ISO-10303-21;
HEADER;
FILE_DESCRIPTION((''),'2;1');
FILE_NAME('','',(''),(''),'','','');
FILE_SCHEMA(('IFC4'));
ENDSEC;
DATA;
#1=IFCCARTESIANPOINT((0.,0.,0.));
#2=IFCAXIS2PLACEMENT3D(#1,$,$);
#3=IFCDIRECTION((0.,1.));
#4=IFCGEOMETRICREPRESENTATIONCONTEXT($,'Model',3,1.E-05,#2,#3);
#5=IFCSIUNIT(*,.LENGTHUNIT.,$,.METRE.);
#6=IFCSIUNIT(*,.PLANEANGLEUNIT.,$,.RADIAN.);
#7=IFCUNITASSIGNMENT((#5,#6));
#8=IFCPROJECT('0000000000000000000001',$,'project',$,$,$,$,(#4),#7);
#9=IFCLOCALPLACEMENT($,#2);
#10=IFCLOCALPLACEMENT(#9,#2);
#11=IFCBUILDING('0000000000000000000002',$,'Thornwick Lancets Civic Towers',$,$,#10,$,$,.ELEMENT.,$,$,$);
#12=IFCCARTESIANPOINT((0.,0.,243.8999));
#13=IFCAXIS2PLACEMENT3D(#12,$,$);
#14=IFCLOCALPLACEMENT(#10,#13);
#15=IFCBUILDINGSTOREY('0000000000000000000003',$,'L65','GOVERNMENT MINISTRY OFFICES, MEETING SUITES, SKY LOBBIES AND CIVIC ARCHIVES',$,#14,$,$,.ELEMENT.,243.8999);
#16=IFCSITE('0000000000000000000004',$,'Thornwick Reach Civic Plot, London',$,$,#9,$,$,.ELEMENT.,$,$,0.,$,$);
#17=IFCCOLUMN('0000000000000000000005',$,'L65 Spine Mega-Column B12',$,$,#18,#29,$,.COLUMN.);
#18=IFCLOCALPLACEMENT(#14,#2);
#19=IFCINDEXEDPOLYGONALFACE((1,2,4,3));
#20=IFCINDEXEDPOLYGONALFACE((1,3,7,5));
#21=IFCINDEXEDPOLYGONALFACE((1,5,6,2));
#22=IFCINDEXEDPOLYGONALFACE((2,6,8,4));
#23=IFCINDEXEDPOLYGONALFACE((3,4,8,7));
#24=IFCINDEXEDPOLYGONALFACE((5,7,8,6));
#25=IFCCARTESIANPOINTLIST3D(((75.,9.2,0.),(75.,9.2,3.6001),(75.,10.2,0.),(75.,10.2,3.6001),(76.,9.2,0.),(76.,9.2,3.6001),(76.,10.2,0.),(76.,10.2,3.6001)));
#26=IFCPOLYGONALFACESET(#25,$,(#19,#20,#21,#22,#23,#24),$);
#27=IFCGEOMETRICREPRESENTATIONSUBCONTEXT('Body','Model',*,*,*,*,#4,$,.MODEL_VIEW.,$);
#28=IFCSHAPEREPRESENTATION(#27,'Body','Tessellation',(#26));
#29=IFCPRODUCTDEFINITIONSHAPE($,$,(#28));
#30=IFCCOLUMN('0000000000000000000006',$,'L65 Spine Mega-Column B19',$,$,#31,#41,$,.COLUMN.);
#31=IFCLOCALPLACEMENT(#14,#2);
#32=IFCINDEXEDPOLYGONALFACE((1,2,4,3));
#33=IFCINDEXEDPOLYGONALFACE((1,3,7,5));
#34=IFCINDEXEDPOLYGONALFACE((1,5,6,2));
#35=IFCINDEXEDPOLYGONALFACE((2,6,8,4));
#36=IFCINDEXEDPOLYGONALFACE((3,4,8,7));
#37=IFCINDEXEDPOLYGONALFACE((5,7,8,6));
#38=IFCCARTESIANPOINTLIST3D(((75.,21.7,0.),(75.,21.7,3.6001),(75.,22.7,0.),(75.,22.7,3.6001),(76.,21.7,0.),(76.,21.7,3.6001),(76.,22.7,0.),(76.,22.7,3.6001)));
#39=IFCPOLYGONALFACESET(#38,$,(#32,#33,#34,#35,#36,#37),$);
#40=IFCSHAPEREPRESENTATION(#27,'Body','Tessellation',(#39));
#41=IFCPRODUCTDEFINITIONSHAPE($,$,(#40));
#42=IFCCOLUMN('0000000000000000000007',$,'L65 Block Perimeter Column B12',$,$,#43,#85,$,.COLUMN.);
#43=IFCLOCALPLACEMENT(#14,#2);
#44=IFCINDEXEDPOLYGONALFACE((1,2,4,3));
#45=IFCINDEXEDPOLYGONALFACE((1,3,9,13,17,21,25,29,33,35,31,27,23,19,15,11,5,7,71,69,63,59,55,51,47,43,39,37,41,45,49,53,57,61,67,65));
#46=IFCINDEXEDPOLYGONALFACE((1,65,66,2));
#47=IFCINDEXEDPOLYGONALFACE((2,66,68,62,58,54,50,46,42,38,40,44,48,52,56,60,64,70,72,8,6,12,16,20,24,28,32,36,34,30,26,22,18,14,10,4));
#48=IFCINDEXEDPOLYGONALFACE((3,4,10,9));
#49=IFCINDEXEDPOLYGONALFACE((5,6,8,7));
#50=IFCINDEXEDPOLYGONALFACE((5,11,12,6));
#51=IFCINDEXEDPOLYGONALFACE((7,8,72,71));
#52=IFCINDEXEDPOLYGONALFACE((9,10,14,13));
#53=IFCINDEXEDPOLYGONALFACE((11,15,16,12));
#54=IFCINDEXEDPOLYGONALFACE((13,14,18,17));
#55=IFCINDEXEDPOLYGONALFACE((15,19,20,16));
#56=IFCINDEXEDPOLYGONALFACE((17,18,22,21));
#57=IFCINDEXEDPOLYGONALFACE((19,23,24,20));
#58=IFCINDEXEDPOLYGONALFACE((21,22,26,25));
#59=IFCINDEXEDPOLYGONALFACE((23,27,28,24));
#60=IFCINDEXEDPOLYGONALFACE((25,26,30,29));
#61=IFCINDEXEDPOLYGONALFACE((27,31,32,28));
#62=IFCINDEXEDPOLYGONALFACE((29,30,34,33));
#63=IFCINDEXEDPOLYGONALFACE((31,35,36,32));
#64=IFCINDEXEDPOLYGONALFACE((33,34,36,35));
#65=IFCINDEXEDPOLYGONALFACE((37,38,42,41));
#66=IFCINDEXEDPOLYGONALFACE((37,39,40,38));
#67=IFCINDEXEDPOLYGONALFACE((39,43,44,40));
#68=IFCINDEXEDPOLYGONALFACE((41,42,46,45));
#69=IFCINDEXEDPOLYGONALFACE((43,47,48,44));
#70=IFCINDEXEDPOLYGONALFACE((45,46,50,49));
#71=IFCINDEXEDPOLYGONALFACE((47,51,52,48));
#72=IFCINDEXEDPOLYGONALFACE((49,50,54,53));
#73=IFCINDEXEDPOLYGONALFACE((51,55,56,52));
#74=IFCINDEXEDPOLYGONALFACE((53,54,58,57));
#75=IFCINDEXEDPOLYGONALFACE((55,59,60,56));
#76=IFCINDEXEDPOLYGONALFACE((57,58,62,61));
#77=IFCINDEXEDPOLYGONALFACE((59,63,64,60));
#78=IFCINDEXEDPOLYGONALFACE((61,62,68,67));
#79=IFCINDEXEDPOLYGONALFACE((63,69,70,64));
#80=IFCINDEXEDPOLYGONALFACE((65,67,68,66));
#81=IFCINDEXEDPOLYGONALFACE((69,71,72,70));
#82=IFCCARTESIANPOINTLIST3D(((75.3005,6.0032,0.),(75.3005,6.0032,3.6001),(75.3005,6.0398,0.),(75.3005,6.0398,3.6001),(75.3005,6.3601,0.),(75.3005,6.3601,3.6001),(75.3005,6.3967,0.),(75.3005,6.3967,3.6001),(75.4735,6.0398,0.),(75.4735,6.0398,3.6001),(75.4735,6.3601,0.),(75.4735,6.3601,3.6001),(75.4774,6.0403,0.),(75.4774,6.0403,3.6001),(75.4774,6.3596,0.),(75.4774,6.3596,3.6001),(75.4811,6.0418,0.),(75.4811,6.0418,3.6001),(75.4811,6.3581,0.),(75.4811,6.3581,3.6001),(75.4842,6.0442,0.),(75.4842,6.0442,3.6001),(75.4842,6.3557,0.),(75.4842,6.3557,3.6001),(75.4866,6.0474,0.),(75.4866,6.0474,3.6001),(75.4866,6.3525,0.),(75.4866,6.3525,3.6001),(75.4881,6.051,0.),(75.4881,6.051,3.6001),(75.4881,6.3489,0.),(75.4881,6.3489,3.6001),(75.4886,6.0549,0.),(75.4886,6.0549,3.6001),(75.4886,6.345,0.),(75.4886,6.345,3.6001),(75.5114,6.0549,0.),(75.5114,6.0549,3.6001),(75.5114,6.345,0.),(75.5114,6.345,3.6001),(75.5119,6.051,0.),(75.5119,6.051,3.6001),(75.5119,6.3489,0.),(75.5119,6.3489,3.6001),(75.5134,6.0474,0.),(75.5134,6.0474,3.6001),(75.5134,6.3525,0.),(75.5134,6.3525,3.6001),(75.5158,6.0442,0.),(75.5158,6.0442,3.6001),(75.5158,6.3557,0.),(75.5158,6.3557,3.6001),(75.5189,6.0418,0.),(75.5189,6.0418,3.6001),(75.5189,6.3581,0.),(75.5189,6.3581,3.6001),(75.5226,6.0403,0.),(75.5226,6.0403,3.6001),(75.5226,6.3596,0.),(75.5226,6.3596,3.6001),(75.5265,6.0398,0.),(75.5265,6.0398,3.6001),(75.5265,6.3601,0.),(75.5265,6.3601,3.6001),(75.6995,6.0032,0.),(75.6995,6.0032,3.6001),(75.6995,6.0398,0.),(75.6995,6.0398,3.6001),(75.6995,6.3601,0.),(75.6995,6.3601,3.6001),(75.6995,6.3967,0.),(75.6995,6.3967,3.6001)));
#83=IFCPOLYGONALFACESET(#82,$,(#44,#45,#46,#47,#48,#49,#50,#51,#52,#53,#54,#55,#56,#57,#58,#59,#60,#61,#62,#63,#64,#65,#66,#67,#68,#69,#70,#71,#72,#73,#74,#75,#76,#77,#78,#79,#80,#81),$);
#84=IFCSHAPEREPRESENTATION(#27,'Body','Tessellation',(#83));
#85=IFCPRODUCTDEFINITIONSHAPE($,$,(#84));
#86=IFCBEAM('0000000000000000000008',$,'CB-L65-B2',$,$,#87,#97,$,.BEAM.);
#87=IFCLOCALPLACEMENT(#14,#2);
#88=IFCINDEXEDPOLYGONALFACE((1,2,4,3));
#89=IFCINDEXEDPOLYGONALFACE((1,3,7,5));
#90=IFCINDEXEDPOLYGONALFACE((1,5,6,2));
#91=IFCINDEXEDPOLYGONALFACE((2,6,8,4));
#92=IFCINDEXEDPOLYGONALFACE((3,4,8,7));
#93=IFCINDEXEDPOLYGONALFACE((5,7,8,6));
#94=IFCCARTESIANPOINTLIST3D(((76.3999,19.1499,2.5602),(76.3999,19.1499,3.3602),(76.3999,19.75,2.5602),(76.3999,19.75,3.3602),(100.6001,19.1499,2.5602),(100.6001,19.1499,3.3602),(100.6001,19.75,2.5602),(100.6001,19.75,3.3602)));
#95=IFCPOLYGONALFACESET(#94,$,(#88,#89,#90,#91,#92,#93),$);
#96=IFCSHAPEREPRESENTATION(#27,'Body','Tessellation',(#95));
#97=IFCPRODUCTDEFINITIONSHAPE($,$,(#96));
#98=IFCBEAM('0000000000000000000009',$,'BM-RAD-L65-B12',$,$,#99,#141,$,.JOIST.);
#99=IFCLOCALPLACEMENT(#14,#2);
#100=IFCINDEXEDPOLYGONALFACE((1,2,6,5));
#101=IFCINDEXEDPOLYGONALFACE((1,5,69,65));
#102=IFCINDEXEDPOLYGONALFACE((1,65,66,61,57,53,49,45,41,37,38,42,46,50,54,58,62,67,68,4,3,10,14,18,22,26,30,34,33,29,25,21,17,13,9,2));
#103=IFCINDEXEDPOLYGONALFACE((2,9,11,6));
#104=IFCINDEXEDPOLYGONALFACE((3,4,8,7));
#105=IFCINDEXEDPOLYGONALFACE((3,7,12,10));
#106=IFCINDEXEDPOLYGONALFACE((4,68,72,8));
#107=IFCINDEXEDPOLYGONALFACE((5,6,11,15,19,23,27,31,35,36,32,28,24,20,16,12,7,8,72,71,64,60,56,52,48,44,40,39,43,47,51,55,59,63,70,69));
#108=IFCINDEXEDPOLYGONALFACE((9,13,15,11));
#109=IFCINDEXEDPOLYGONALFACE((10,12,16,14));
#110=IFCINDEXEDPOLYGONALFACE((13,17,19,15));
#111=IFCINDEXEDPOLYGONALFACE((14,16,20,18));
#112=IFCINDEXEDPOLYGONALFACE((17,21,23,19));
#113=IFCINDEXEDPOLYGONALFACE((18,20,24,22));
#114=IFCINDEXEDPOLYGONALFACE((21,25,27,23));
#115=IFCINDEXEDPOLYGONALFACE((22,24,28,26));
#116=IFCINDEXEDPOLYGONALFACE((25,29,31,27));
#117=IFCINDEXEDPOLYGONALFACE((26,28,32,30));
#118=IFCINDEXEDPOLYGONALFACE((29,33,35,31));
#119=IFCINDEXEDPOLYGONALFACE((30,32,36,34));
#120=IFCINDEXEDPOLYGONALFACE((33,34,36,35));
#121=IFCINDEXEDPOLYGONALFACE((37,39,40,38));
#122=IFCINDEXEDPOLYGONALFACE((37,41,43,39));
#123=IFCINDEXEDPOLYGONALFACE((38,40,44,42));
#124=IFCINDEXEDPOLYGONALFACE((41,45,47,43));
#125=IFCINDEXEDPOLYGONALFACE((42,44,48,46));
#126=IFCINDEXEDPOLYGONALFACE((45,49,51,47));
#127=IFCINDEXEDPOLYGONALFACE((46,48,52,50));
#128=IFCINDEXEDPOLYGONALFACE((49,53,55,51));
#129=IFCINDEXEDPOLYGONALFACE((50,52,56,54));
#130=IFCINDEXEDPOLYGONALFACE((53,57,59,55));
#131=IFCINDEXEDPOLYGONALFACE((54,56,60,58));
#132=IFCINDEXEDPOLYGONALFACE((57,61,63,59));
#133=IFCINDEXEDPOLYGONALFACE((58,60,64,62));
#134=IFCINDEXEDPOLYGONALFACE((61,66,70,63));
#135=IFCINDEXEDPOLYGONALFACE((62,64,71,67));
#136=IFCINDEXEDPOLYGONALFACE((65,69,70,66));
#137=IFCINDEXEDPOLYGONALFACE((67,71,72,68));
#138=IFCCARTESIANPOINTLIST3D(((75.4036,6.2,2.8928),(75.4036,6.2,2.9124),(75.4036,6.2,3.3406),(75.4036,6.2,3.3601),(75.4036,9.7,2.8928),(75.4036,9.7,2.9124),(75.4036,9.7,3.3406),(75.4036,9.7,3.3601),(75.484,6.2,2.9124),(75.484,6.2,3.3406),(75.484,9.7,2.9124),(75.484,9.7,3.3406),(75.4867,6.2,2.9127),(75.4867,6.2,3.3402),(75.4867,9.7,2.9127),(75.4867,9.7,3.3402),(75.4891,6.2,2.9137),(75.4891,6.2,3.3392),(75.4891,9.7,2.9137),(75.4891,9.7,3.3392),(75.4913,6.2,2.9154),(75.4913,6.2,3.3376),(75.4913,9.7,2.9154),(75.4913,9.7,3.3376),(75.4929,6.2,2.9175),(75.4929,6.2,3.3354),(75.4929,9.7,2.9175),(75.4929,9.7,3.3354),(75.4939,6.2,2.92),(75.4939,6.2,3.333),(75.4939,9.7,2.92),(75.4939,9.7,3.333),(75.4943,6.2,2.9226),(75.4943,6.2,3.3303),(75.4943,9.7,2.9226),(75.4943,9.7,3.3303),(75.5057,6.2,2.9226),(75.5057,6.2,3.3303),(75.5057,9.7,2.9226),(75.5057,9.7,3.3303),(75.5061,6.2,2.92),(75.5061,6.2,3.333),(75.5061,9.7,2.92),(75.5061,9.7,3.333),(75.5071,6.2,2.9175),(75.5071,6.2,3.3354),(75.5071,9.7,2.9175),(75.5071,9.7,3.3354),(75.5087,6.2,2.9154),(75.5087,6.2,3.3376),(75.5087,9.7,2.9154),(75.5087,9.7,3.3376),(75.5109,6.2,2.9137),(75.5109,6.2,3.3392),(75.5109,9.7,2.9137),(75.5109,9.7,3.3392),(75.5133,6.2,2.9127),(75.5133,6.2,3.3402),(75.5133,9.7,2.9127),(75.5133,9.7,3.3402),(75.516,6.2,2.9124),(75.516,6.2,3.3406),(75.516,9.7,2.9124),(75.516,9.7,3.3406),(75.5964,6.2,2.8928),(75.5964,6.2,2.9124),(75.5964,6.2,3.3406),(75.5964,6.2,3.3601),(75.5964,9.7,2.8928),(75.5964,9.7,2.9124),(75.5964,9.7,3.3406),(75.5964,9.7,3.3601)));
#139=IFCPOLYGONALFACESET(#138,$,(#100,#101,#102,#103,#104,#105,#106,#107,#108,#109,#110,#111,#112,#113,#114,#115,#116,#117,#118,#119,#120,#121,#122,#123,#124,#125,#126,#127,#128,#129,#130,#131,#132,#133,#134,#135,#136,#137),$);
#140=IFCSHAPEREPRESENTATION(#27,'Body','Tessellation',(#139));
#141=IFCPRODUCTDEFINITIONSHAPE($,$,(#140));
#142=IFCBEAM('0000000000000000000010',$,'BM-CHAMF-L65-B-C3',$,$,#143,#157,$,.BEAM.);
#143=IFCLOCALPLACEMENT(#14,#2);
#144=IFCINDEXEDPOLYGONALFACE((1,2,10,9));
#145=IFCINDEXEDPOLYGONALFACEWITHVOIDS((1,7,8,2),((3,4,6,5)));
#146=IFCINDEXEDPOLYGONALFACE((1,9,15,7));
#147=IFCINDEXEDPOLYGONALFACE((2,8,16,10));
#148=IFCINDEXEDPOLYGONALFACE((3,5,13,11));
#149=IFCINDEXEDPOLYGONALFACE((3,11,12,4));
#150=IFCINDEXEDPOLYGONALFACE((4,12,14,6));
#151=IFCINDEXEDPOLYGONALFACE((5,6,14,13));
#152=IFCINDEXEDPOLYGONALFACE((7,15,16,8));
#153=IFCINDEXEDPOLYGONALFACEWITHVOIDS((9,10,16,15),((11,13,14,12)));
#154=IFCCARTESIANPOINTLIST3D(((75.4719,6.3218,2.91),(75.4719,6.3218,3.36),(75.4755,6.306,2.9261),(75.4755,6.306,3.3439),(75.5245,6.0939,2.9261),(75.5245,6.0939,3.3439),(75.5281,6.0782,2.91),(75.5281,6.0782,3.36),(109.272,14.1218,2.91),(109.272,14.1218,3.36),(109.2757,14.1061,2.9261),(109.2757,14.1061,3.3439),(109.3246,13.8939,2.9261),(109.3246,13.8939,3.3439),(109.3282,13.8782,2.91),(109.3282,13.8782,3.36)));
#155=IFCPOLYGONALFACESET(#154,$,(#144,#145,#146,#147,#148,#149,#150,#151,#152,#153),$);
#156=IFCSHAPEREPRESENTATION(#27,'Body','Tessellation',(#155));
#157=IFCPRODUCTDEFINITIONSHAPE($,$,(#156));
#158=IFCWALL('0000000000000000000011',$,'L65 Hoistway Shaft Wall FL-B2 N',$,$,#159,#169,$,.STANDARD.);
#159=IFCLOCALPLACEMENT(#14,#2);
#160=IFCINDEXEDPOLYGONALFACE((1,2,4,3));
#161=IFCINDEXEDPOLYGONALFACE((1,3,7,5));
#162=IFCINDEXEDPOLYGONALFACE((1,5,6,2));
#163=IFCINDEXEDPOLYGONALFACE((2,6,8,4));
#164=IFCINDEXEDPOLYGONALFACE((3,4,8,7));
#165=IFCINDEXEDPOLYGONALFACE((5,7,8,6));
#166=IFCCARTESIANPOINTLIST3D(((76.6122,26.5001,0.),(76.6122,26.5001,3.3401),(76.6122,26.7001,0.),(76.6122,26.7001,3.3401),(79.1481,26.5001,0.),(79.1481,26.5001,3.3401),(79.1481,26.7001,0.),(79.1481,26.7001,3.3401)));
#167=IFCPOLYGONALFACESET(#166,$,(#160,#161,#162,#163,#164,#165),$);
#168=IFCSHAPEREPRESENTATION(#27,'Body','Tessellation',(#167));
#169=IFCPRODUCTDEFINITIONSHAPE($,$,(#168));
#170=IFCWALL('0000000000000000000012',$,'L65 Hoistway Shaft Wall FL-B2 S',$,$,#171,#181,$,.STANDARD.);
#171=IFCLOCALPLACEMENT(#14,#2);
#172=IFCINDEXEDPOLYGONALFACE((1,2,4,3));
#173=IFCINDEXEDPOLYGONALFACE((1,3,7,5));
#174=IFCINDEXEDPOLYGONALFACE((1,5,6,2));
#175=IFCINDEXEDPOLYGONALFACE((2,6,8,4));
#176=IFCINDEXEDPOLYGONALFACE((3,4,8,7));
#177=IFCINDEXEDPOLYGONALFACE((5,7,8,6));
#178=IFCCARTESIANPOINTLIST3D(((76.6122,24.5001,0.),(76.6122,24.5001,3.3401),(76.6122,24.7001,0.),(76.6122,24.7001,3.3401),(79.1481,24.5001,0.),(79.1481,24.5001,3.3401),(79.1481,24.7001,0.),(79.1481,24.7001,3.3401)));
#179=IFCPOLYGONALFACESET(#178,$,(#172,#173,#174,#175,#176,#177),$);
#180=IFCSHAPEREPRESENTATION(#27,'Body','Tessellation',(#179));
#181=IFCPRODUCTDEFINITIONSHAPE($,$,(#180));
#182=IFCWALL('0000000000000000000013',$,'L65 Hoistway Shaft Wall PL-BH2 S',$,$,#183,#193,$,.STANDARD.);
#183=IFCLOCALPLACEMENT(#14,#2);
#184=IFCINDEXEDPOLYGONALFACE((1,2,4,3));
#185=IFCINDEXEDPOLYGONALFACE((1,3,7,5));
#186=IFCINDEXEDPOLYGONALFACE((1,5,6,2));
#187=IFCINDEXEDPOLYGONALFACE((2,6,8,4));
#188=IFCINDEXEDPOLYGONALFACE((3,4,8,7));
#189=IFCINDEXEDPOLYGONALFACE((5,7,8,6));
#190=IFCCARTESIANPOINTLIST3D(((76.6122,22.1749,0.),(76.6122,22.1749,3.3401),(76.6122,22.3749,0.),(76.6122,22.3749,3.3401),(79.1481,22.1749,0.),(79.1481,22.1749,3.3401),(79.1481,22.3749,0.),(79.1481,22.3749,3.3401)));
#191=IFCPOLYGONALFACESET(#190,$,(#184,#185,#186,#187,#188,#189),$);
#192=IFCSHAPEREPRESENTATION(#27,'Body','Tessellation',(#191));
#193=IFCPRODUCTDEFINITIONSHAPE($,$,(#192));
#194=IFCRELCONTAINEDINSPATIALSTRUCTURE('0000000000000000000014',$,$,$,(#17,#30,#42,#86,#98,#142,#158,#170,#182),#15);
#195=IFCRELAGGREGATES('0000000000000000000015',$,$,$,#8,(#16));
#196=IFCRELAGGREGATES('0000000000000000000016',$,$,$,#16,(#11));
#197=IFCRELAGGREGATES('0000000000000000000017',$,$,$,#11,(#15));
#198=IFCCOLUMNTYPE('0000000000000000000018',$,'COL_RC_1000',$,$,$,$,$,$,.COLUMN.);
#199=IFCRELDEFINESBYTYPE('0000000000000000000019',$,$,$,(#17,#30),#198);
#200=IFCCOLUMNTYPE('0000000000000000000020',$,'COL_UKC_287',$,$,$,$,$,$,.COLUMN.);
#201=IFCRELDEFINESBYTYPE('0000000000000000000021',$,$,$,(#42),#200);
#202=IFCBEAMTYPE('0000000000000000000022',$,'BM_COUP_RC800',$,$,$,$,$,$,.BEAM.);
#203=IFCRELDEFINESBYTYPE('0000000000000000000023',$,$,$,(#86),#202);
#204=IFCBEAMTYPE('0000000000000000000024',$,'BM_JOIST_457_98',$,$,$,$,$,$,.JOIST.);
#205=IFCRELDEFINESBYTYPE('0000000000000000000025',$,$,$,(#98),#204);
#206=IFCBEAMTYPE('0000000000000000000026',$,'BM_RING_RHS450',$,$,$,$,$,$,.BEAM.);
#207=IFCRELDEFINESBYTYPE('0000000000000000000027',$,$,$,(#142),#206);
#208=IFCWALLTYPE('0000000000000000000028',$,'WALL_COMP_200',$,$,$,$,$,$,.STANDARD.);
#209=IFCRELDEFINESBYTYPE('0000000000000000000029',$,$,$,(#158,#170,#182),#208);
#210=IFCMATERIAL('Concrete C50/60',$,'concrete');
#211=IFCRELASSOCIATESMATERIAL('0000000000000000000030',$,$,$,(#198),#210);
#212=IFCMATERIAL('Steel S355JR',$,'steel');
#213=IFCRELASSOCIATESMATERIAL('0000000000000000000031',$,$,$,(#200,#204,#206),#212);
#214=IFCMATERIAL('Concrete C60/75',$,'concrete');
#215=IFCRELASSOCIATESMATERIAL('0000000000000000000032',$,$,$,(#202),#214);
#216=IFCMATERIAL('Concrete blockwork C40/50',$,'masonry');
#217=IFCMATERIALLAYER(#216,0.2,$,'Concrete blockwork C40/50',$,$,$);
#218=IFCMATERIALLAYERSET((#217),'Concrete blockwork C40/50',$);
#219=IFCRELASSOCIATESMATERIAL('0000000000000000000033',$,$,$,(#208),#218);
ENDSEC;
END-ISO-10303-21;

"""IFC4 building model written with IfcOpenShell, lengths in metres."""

from ifc_helpers import new_model, si_unit, direction, frame, frame_2d, origin, origin_2d, place, context, subcontext, project, spatial, rectangle, hollow_rectangle, i_section, extrude, material, layer, layer_set, material_profile, profile_set, type_object, element, save


model = new_model("IFC4")

# Units and contexts
model_context = context("Model", 3, precision=1e-05, world=origin(), true_north=direction((0.0, 1.0)))
body_context = subcontext(model_context, "Body", "Model", "MODEL_VIEW")
ifc_project = project(units=[si_unit("LENGTHUNIT", "METRE"), si_unit("PLANEANGLEUNIT", "RADIAN")], contexts=[model_context])

# Site, building, storey
site_placement = place(None, origin())
site = spatial("IfcSite", under=ifc_project, at=site_placement, Name="Thornwick Reach Civic Plot, London", CompositionType="ELEMENT", RefElevation=0.0)
building_placement = place(site_placement, origin())
building = spatial("IfcBuilding", under=site, at=building_placement, Name="Thornwick Lancets Civic Towers", CompositionType="ELEMENT")
storey_placement = place(building_placement, frame((0.0, 0.0, 243.8999)))
storey = spatial("IfcBuildingStorey", under=building, at=storey_placement, Name="L65", Description="GOVERNMENT MINISTRY OFFICES, MEETING SUITES, SKY LOBBIES AND CIVIC ARCHIVES", CompositionType="ELEMENT", Elevation=243.8999)

# Columns
ifc_material_1 = material(Name="Concrete C50/60", Category="concrete")
ifc_material_profile_1 = material_profile(ifc_material_1, rectangle(XDim=1.0, YDim=1.0, at=origin_2d()), Name="RC 1000x1000")
ifc_profile_set_1 = profile_set([ifc_material_profile_1], Name="Concrete C50/60")
column_type_1 = type_object("IfcColumnType", Name="COL_RC_1000", PredefinedType="COLUMN", material=ifc_profile_set_1)
for number, where, z_axis, x_axis, name in (
    (1, (75.5, 9.7, 0.0), (0.0, 0.0, 1.0), (1.0, 0.0, 0.0), "L65 Spine Mega-Column B12"),
    (2, (75.5, 22.2, 0.0), (0.0, 0.0, 1.0), (1.0, 0.0, 0.0), "L65 Spine Mega-Column B19"),
):
    element("IfcColumn", number, at=place(storey_placement, frame(where, z_axis=z_axis, x_axis=x_axis)), inside=storey, type_object=column_type_1, Name=name, PredefinedType="COLUMN", context=body_context, shape_type="SweptSolid", body=[
        extrude(rectangle(XDim=1.0, YDim=1.0, at=origin_2d()), origin(), (0.0, 0.0, 1.0), 3.6001),
    ])
ifc_material_2 = material(Name="Steel S355JR", Category="steel")
ifc_material_profile_2 = material_profile(ifc_material_2, i_section(OverallWidth=0.3989, OverallDepth=0.3936, WebThickness=0.0227, FlangeThickness=0.0366, FilletRadius=0.0151, at=origin_2d()), Name="UKC 356x406x287")
ifc_profile_set_2 = profile_set([ifc_material_profile_2], Name="Steel S355JR")
column_type_2 = type_object("IfcColumnType", Name="COL_UKC_287", PredefinedType="COLUMN", material=ifc_profile_set_2)
column_placement = place(storey_placement, frame((75.5, 6.2, 0.0), z_axis=(0.0, 0.0, 1.0), x_axis=(1.0, 0.0, 0.0)))
element("IfcColumn", 3, at=column_placement, inside=storey, type_object=column_type_2, Name="L65 Block Perimeter Column B12", PredefinedType="COLUMN", context=body_context, shape_type="SweptSolid", body=[
    extrude(i_section(OverallWidth=0.3989, OverallDepth=0.3936, WebThickness=0.0227, FlangeThickness=0.0366, FilletRadius=0.0151, at=origin_2d()), origin(), (0.0, 0.0, 1.0), 3.6001),
])

# Beams
ifc_material_3 = material(Name="Concrete C60/75", Category="concrete")
ifc_material_profile_3 = material_profile(ifc_material_3, rectangle(XDim=0.6001, YDim=0.8, at=origin_2d()), Name="RC 600x800")
ifc_profile_set_3 = profile_set([ifc_material_profile_3], Name="Concrete C60/75")
beam_type_1 = type_object("IfcBeamType", Name="BM_COUP_RC800", PredefinedType="BEAM", material=ifc_profile_set_3)
beam_1_placement = place(storey_placement, frame((76.3999, 19.45, 2.9602), z_axis=(1.0, 0.0, 0.0), x_axis=(0.0, 1.0, 0.0)))
element("IfcBeam", 4, at=beam_1_placement, inside=storey, type_object=beam_type_1, Name="CB-L65-B2", PredefinedType="BEAM", context=body_context, shape_type="SweptSolid", body=[
    extrude(rectangle(XDim=0.6001, YDim=0.8, at=origin_2d()), origin(), (0.0, 0.0, 1.0), 24.2002),
])
ifc_material_profile_4 = material_profile(ifc_material_2, i_section(OverallWidth=0.1929, OverallDepth=0.4673, WebThickness=0.0115, FlangeThickness=0.0195, FilletRadius=0.0103, at=origin_2d()), Name="UKB 457x191x98")
ifc_profile_set_4 = profile_set([ifc_material_profile_4], Name="Steel S355JR")
beam_type_2 = type_object("IfcBeamType", Name="BM_JOIST_457_98", PredefinedType="JOIST", material=ifc_profile_set_4)
beam_2_placement = place(storey_placement, frame((75.5, 9.7, 3.1265), z_axis=(0.0, -1.0, 0.0), x_axis=(1.0, 0.0, 0.0)))
element("IfcBeam", 5, at=beam_2_placement, inside=storey, type_object=beam_type_2, Name="BM-RAD-L65-B12", PredefinedType="JOIST", context=body_context, shape_type="SweptSolid", body=[
    extrude(i_section(OverallWidth=0.1929, OverallDepth=0.4673, WebThickness=0.0115, FlangeThickness=0.0195, FilletRadius=0.0103, at=origin_2d()), origin(), (0.0, 0.0, 1.0), 3.5),
])
ifc_material_profile_5 = material_profile(ifc_material_2, hollow_rectangle(XDim=0.25, YDim=0.45, WallThickness=0.0161, at=origin_2d()), Name="RHS 450x250x16")
ifc_profile_set_5 = profile_set([ifc_material_profile_5], Name="Steel S355JR")
beam_type_3 = type_object("IfcBeamType", Name="BM_RING_RHS450", PredefinedType="BEAM", material=ifc_profile_set_5)
beam_3_placement = place(storey_placement, frame((75.5, 6.2, 3.135), z_axis=(0.974391, 0.224861, 0.0), x_axis=(-0.224861, 0.974391, 0.0)))
element("IfcBeam", 6, at=beam_3_placement, inside=storey, type_object=beam_type_3, Name="BM-CHAMF-L65-B-C3", PredefinedType="BEAM", context=body_context, shape_type="SweptSolid", body=[
    extrude(hollow_rectangle(XDim=0.25, YDim=0.45, WallThickness=0.0161, at=origin_2d()), origin(), (0.0, 0.0, 1.0), 34.6885),
])

# Walls
ifc_material_4 = material(Name="Concrete blockwork C40/50", Category="masonry")
ifc_layer_1 = layer(ifc_material_4, 0.2, Name="Concrete blockwork C40/50")
ifc_layer_set_1 = layer_set([ifc_layer_1], Name="Concrete blockwork C40/50")
wall_type_1 = type_object("IfcWallType", Name="WALL_COMP_200", PredefinedType="STANDARD", material=ifc_layer_set_1)
for number, where, z_axis, x_axis, name in (
    (7, (76.6121, 26.6001, 0.0), (0.0, 0.0, 1.0), (1.0, 0.0, 0.0), "L65 Hoistway Shaft Wall FL-B2 N"),
    (8, (76.6121, 24.6001, 0.0), (0.0, 0.0, 1.0), (1.0, 0.0, 0.0), "L65 Hoistway Shaft Wall FL-B2 S"),
    (9, (76.6121, 22.2749, 0.0), (0.0, 0.0, 1.0), (1.0, 0.0, 0.0), "L65 Hoistway Shaft Wall PL-BH2 S"),
):
    element("IfcWall", number, at=place(storey_placement, frame(where, z_axis=z_axis, x_axis=x_axis)), inside=storey, type_object=wall_type_1, Name=name, PredefinedType="STANDARD", context=body_context, shape_type="SweptSolid", body=[
        extrude(rectangle(XDim=2.5359, YDim=0.2, at=frame_2d((1.2681, 0.0))), origin(), (0.0, 0.0, 1.0), 3.3401),
    ])

save(model, "model.ifc")
